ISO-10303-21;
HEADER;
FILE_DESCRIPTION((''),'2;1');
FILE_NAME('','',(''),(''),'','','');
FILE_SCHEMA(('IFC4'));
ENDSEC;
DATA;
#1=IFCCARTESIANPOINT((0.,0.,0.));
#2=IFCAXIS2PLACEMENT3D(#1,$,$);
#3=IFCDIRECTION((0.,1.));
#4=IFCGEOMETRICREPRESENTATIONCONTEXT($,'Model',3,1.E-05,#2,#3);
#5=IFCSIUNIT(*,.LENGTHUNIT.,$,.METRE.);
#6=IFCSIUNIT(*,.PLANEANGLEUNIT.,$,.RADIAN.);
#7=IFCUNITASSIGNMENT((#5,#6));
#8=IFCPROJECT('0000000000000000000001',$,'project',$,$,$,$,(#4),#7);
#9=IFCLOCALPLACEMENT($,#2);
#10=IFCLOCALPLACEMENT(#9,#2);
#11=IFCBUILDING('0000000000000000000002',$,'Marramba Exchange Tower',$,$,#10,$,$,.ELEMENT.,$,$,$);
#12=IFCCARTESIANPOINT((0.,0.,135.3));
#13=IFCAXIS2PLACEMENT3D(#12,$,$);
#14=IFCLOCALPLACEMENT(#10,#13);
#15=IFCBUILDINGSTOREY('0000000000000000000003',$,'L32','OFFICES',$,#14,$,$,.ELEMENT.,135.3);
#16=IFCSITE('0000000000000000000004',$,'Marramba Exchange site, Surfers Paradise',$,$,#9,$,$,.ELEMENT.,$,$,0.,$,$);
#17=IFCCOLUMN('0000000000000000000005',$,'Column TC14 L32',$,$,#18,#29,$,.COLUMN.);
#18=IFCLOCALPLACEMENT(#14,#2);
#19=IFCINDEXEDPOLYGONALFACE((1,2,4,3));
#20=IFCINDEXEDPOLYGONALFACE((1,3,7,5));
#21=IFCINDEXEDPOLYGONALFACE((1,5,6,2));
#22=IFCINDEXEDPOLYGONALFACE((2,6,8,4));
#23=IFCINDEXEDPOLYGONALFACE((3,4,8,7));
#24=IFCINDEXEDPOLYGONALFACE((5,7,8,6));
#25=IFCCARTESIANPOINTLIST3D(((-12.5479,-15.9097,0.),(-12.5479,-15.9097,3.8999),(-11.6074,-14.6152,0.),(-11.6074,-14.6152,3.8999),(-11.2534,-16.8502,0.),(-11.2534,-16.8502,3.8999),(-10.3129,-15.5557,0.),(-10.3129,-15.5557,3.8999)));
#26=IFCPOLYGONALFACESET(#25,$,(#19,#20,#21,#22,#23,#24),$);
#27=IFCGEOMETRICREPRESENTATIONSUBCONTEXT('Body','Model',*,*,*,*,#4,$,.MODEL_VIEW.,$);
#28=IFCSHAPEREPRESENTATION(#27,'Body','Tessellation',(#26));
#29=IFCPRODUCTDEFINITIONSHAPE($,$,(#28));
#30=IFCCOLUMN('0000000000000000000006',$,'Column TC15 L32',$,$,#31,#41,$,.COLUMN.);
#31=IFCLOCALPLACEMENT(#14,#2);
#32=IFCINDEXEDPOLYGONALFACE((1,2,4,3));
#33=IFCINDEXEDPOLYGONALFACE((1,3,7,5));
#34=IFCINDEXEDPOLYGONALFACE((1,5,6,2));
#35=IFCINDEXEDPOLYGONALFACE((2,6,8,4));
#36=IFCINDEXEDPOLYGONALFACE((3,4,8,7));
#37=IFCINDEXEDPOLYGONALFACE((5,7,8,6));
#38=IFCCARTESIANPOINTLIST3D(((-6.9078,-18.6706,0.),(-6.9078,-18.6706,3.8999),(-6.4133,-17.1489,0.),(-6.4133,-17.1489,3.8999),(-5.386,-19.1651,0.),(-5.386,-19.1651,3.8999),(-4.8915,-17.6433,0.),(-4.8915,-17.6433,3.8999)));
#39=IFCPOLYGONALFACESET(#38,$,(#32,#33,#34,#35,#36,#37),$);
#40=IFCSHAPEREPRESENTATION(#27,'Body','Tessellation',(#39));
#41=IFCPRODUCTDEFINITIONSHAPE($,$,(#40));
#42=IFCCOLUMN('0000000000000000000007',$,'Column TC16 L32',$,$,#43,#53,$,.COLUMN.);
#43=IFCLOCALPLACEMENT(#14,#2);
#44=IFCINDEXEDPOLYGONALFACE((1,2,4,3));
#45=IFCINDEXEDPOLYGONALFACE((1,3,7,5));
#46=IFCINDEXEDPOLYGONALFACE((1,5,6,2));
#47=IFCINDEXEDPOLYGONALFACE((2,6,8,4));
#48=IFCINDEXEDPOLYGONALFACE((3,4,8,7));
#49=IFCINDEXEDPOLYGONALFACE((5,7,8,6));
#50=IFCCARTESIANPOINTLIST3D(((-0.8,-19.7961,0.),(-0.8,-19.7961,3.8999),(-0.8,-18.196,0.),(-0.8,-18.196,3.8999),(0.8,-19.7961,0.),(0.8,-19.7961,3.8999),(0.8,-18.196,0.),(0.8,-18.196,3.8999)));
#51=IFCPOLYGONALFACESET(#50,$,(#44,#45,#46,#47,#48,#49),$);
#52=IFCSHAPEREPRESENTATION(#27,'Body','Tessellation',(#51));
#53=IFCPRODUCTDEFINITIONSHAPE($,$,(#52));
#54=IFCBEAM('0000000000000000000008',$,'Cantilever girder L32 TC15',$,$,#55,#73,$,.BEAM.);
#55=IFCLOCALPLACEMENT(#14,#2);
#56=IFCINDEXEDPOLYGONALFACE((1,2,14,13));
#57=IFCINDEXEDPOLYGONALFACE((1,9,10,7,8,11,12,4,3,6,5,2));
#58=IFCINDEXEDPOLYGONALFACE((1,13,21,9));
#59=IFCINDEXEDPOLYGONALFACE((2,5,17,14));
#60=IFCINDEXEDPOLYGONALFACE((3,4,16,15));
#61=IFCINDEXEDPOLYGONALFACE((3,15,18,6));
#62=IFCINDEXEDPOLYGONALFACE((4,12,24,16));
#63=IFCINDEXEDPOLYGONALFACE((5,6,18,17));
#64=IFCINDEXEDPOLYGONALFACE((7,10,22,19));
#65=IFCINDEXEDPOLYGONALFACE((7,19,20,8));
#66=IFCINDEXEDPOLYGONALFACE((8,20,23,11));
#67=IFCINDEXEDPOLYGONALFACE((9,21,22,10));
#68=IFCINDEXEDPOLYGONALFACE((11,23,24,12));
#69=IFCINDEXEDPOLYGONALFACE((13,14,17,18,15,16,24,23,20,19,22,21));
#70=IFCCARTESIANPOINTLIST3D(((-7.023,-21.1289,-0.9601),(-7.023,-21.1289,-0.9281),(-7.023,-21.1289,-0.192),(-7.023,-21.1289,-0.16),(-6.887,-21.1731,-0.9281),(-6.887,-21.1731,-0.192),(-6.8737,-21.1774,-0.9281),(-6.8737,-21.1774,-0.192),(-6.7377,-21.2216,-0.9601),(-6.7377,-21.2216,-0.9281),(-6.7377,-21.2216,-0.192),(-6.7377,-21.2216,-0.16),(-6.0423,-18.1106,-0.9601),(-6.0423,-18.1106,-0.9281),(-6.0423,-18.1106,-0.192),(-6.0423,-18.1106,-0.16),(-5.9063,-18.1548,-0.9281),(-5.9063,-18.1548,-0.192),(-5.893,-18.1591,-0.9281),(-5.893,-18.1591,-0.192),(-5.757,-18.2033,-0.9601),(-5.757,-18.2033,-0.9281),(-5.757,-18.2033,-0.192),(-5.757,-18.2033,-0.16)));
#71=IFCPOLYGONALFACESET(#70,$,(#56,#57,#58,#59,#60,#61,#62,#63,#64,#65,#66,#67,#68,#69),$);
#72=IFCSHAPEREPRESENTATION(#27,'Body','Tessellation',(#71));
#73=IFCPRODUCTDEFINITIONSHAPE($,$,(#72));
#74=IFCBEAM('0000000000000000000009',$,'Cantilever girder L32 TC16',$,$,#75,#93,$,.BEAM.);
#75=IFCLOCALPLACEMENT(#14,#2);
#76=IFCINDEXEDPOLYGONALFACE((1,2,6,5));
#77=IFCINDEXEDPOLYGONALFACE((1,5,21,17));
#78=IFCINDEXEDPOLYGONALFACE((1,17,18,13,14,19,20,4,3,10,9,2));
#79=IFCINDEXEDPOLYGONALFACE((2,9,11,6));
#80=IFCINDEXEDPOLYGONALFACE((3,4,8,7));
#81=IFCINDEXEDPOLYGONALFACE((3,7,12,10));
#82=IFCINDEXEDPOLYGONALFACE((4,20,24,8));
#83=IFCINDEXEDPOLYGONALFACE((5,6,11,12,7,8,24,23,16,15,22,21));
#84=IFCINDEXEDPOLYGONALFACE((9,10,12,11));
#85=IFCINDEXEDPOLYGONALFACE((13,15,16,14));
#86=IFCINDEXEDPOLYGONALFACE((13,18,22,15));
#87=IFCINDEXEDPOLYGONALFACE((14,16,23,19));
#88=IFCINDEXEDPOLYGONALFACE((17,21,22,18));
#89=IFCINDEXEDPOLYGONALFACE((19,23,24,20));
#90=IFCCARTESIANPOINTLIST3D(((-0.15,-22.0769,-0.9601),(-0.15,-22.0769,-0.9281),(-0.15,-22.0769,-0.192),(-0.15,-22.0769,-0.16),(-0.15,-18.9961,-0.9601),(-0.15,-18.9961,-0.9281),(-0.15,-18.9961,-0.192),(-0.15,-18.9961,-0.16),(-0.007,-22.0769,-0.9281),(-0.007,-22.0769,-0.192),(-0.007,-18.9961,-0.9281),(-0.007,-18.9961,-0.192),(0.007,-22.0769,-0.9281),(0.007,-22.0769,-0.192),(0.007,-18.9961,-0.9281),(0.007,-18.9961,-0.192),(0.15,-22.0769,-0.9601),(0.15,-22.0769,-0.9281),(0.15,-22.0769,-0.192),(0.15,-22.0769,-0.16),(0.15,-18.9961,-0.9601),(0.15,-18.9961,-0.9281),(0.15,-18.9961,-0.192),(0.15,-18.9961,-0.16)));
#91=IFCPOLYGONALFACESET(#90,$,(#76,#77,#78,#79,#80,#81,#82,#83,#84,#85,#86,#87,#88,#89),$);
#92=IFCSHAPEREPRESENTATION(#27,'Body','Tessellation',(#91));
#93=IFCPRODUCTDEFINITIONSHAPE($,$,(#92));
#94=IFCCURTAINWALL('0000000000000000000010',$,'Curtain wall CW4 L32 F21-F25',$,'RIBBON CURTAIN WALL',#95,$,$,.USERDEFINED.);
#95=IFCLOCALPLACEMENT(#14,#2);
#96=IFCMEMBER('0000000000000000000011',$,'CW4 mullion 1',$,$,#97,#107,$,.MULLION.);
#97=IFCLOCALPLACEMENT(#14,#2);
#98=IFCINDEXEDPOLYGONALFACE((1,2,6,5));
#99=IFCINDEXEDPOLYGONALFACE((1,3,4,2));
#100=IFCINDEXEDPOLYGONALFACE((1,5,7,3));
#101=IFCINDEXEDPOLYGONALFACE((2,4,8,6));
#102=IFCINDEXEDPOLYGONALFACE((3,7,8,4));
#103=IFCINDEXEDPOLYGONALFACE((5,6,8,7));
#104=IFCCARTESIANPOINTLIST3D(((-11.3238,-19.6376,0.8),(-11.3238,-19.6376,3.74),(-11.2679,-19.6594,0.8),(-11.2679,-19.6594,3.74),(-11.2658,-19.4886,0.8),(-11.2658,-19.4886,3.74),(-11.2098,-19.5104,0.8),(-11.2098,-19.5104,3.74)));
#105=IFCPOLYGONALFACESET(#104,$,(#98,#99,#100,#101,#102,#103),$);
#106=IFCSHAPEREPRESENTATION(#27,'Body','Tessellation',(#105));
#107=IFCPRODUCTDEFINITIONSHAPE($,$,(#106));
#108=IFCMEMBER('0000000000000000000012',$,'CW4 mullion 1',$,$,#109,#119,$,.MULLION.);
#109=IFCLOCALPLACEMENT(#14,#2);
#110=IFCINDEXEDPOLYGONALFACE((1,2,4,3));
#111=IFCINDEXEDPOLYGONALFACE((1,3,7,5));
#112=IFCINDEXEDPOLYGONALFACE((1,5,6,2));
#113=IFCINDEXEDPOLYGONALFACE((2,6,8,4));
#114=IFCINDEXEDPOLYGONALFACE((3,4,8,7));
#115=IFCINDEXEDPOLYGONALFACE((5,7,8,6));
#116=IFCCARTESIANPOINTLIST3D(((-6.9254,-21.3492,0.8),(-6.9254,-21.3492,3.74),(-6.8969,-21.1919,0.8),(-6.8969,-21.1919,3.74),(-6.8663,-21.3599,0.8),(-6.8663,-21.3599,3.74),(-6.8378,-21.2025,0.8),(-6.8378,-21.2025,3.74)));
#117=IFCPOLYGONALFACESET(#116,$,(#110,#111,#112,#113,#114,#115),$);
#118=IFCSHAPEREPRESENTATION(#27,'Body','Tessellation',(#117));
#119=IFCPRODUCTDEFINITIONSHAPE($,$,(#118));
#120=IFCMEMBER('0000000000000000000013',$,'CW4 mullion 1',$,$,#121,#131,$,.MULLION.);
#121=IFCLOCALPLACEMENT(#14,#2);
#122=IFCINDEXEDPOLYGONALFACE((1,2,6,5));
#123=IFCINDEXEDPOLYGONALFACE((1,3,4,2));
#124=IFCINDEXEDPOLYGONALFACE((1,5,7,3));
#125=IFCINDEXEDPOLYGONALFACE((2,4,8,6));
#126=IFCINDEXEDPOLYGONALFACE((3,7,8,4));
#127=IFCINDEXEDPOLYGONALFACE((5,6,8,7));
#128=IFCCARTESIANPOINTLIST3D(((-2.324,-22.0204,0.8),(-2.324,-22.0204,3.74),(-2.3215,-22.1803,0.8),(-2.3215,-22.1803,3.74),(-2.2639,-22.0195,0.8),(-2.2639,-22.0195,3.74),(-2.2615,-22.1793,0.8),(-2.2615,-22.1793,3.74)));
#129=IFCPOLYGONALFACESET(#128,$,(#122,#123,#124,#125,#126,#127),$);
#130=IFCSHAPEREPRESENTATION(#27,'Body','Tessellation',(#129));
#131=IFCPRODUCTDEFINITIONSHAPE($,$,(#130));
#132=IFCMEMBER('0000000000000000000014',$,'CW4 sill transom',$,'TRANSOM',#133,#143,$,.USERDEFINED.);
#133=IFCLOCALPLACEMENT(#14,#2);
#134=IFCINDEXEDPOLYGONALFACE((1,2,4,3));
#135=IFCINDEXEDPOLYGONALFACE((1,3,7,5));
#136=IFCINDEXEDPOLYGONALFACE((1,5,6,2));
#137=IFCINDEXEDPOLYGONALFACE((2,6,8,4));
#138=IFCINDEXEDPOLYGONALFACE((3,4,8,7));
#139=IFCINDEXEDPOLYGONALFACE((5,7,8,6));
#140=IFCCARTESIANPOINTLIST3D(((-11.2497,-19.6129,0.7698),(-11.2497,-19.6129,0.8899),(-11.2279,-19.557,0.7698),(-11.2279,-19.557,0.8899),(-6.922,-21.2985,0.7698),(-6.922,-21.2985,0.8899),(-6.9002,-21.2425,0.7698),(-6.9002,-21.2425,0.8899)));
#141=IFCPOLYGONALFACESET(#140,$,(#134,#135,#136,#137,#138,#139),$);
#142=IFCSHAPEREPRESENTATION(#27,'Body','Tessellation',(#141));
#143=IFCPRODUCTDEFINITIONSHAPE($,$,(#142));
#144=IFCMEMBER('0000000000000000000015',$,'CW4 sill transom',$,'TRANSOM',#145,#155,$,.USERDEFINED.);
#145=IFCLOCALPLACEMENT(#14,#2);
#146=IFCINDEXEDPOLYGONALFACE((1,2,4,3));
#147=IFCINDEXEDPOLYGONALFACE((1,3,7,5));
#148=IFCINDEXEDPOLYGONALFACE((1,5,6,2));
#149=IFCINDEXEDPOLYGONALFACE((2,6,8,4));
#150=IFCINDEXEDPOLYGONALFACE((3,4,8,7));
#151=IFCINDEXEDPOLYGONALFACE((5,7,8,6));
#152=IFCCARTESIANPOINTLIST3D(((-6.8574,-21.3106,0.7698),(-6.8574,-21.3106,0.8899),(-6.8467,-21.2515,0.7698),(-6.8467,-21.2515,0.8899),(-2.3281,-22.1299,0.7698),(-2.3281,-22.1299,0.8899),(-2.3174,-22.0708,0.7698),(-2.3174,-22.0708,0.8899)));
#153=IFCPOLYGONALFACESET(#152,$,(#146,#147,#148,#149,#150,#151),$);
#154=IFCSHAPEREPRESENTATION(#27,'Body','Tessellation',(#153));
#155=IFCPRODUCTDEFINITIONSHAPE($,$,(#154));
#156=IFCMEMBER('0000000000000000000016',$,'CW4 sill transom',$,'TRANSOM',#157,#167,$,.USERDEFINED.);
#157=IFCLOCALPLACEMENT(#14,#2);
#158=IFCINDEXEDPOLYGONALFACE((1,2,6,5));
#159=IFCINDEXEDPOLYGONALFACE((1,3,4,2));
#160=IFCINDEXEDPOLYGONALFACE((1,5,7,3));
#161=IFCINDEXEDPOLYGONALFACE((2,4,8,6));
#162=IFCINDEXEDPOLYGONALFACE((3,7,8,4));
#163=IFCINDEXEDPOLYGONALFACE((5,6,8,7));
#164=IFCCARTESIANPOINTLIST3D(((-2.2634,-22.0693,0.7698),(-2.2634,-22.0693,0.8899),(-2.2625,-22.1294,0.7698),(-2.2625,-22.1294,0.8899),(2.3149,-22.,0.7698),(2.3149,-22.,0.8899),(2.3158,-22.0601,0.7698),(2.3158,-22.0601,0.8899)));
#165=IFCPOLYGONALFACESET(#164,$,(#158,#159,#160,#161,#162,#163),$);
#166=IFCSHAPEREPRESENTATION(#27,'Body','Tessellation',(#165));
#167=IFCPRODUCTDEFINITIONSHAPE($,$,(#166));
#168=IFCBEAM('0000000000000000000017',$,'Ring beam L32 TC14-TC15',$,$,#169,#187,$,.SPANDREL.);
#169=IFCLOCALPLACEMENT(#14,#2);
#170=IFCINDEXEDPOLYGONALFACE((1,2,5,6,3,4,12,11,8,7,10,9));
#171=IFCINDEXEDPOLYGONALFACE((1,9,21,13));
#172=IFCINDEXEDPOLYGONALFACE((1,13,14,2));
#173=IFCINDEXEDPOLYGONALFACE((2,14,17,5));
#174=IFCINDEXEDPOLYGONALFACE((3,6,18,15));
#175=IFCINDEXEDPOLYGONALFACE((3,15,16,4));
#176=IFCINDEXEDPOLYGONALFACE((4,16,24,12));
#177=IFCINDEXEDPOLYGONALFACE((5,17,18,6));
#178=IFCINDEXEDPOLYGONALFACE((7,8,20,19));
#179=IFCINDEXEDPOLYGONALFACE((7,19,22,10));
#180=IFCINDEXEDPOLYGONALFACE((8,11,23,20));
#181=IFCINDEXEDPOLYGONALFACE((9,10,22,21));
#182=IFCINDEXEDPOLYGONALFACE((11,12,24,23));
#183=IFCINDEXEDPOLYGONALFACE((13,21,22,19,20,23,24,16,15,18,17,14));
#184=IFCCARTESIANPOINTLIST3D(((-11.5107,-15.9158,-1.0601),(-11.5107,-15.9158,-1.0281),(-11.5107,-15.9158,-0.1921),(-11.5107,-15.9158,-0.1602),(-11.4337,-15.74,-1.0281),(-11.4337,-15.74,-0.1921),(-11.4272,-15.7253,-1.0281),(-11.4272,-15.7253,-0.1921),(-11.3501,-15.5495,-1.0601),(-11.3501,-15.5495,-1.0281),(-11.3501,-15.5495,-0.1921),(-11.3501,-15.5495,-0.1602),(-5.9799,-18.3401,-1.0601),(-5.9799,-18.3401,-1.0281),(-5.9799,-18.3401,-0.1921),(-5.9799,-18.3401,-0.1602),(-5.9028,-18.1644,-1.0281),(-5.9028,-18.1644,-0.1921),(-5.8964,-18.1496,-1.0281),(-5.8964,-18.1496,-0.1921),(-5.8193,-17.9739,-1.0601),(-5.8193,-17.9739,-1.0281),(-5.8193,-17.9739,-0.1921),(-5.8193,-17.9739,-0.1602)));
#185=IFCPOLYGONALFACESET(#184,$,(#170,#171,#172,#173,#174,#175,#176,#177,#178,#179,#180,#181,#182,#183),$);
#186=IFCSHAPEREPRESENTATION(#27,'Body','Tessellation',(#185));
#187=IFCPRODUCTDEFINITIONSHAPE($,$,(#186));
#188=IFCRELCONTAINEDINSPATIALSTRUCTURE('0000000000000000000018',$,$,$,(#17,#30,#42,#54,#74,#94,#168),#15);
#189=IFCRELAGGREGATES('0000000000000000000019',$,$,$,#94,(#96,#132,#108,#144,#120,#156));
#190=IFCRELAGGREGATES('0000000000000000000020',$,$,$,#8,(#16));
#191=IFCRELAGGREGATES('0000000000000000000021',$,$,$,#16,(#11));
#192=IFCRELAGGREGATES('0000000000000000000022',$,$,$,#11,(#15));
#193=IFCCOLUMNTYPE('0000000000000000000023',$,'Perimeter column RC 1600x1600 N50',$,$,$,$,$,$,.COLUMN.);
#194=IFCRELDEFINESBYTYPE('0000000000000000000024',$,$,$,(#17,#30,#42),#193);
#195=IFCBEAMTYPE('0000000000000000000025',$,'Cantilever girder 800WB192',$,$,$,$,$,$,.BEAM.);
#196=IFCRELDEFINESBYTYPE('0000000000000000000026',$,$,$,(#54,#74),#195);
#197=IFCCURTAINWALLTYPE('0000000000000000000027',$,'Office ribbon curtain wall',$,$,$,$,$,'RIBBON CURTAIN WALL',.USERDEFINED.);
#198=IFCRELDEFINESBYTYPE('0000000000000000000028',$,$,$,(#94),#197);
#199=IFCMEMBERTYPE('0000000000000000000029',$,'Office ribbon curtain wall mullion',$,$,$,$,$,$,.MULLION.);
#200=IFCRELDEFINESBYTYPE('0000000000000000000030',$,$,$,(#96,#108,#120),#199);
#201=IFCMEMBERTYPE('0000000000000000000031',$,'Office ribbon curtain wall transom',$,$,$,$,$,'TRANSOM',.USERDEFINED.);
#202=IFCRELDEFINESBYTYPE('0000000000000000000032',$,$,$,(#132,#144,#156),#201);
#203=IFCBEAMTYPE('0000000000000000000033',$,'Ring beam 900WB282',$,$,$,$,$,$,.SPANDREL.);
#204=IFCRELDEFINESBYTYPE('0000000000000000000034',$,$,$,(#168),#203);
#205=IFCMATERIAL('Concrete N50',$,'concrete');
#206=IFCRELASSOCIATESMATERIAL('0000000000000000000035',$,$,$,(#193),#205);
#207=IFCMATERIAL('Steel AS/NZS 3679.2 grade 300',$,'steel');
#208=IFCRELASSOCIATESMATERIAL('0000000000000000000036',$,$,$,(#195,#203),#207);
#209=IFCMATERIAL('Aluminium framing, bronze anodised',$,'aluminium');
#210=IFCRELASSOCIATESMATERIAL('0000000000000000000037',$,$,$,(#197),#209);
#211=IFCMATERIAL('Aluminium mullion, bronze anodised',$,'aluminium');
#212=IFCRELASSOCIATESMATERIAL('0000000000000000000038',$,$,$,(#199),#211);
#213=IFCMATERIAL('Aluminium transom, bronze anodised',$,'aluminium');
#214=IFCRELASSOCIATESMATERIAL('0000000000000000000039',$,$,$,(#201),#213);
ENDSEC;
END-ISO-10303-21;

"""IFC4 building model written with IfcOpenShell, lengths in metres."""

from ifc_helpers import new_model, si_unit, direction, frame, origin, origin_2d, place, context, subcontext, project, spatial, rectangle, i_section, extrude, material, material_profile, profile_set, type_object, element, aggregate, save


model = new_model("IFC4")

# Units and contexts
model_context = context("Model", 3, precision=1e-05, world=origin(), true_north=direction((0.0, 1.0)))
body_context = subcontext(model_context, "Body", "Model", "MODEL_VIEW")
ifc_project = project(units=[si_unit("LENGTHUNIT", "METRE"), si_unit("PLANEANGLEUNIT", "RADIAN")], contexts=[model_context])

# Site, building, storey
site_placement = place(None, origin())
site = spatial("IfcSite", under=ifc_project, at=site_placement, Name="Marramba Exchange site, Surfers Paradise", CompositionType="ELEMENT", RefElevation=0.0)
building_placement = place(site_placement, origin())
building = spatial("IfcBuilding", under=site, at=building_placement, Name="Marramba Exchange Tower", CompositionType="ELEMENT")
storey_placement = place(building_placement, frame((0.0, 0.0, 135.3)))
storey = spatial("IfcBuildingStorey", under=building, at=storey_placement, Name="L32", Description="OFFICES", CompositionType="ELEMENT", Elevation=135.3)

# Columns
ifc_material_1 = material(Name="Concrete N50", Category="concrete")
ifc_material_profile_1 = material_profile(ifc_material_1, rectangle(XDim=1.6001, YDim=1.6001, at=origin_2d()), Name="RC 1600x1600")
ifc_profile_set_1 = profile_set([ifc_material_profile_1], Name="Concrete N50")
column_type = type_object("IfcColumnType", Name="Perimeter column RC 1600x1600 N50", PredefinedType="COLUMN", material=ifc_profile_set_1)
for number, where, z_axis, x_axis, name in (
    (1, (-11.4304, -15.7327, 0.0), (0.0, 0.0, 1.0), (-0.587785, -0.809017, 0.0), "Column TC14 L32"),
    (2, (-5.8997, -18.157, 0.0), (0.0, 0.0, 1.0), (-0.309017, -0.951057, 0.0), "Column TC15 L32"),
    (3, (0.0, -18.9961, 0.0), (0.0, 0.0, 1.0), (0.0, -1.0, 0.0), "Column TC16 L32"),
):
    element("IfcColumn", number, at=place(storey_placement, frame(where, z_axis=z_axis, x_axis=x_axis)), inside=storey, type_object=column_type, Name=name, PredefinedType="COLUMN", context=body_context, shape_type="SweptSolid", body=[
        extrude(rectangle(XDim=1.6001, YDim=1.6001, at=origin_2d()), origin(), (0.0, 0.0, 1.0), 3.8999),
    ])

# Beams
ifc_material_2 = material(Name="Steel AS/NZS 3679.2 grade 300", Category="steel")
ifc_material_profile_2 = material_profile(ifc_material_2, i_section(OverallWidth=0.3, OverallDepth=0.8, WebThickness=0.0139, FlangeThickness=0.032, at=origin_2d()), Name="800WB192")
ifc_profile_set_2 = profile_set([ifc_material_profile_2], Name="Steel AS/NZS 3679.2 grade 300")
beam_type_1 = type_object("IfcBeamType", Name="Cantilever girder 800WB192", PredefinedType="BEAM", material=ifc_profile_set_2)
beam_1_placement = place(storey_placement, frame((-5.8997, -18.157, -0.5601), z_axis=(-0.309018, -0.951056, 0.0), x_axis=(0.951056, -0.309018, 0.0)))
element("IfcBeam", 4, at=beam_1_placement, inside=storey, type_object=beam_type_1, Name="Cantilever girder L32 TC15", PredefinedType="BEAM", context=body_context, shape_type="SweptSolid", body=[
    extrude(i_section(OverallWidth=0.3, OverallDepth=0.8, WebThickness=0.0139, FlangeThickness=0.032, at=origin_2d()), origin(), (0.0, 0.0, 1.0), 3.1736),
])
beam_2_placement = place(storey_placement, frame((0.0, -18.9961, -0.5601), z_axis=(0.0, -1.0, 0.0), x_axis=(1.0, 0.0, 0.0)))
element("IfcBeam", 5, at=beam_2_placement, inside=storey, type_object=beam_type_1, Name="Cantilever girder L32 TC16", PredefinedType="BEAM", context=body_context, shape_type="SweptSolid", body=[
    extrude(i_section(OverallWidth=0.3, OverallDepth=0.8, WebThickness=0.0139, FlangeThickness=0.032, at=origin_2d()), origin(), (0.0, 0.0, 1.0), 3.0808),
])

# Curtain wall, members
ifc_material_3 = material(Name="Aluminium framing, bronze anodised", Category="aluminium")
curtain_wall_type = type_object("IfcCurtainWallType", Name="Office ribbon curtain wall", ElementType="RIBBON CURTAIN WALL", PredefinedType="USERDEFINED", material=ifc_material_3)
curtain_wall_placement = place(storey_placement, origin())
curtain_wall = element("IfcCurtainWall", 6, at=curtain_wall_placement, inside=storey, type_object=curtain_wall_type, Name="Curtain wall CW4 L32 F21-F25", ObjectType="RIBBON CURTAIN WALL", PredefinedType="USERDEFINED")
ifc_material_4 = material(Name="Aluminium mullion, bronze anodised", Category="aluminium")
ifc_material_profile_3 = material_profile(ifc_material_4, rectangle(XDim=0.1599, YDim=0.0601, at=origin_2d()), Name="CW4 mullion 60x160")
ifc_profile_set_3 = profile_set([ifc_material_profile_3], Name="Aluminium mullion, bronze anodised")
member_type_1 = type_object("IfcMemberType", Name="Office ribbon curtain wall mullion", PredefinedType="MULLION", material=ifc_profile_set_3)
member_1_placement = place(storey_placement, frame((-11.2668, -19.574, 0.8), z_axis=(0.0, 0.0, 1.0), x_axis=(0.362925, 0.931818, 0.0)))
member_1 = element("IfcMember", 7, at=member_1_placement, type_object=member_type_1, Name="CW4 mullion 1", PredefinedType="MULLION", context=body_context, shape_type="SweptSolid", body=[
    extrude(rectangle(XDim=0.1599, YDim=0.0601, at=origin_2d()), origin(), (0.0, 0.0, 1.0), 2.9399),
])
member_2_placement = place(storey_placement, frame((-6.8816, -21.2759, 0.8), z_axis=(0.0, 0.0, 1.0), x_axis=(0.177992, 0.984032, 0.0)))
member_2 = element("IfcMember", 8, at=member_2_placement, type_object=member_type_1, Name="CW4 mullion 1", PredefinedType="MULLION", context=body_context, shape_type="SweptSolid", body=[
    extrude(rectangle(XDim=0.1599, YDim=0.0601, at=origin_2d()), origin(), (0.0, 0.0, 1.0), 2.9399),
])
member_3_placement = place(storey_placement, frame((-2.2927, -22.0999, 0.8), z_axis=(0.0, 0.0, 1.0), x_axis=(-0.015179, 0.999885, 0.0)))
member_3 = element("IfcMember", 9, at=member_3_placement, type_object=member_type_1, Name="CW4 mullion 1", PredefinedType="MULLION", context=body_context, shape_type="SweptSolid", body=[
    extrude(rectangle(XDim=0.1599, YDim=0.0601, at=origin_2d()), origin(), (0.0, 0.0, 1.0), 2.9399),
])
ifc_material_5 = material(Name="Aluminium transom, bronze anodised", Category="aluminium")
ifc_material_profile_4 = material_profile(ifc_material_5, rectangle(XDim=0.0601, YDim=0.1201, at=origin_2d()), Name="CW4 transom 60x120")
ifc_profile_set_4 = profile_set([ifc_material_profile_4], Name="Aluminium transom, bronze anodised")
member_type_2 = type_object("IfcMemberType", Name="Office ribbon curtain wall transom", ElementType="TRANSOM", PredefinedType="USERDEFINED", material=ifc_profile_set_4)
member_4_placement = place(storey_placement, frame((-11.2388, -19.585, 0.8298), z_axis=(0.931817, -0.362928, 0.0), x_axis=(0.362928, 0.931817, 0.0)))
member_4 = element("IfcMember", 10, at=member_4_placement, type_object=member_type_2, Name="CW4 sill transom", ObjectType="TRANSOM", PredefinedType="USERDEFINED", context=body_context, shape_type="SweptSolid", body=[
    extrude(rectangle(XDim=0.0601, YDim=0.1201, at=origin_2d()), origin(), (0.0, 0.0, 1.0), 4.6443),
])
member_5_placement = place(storey_placement, frame((-6.8521, -21.281, 0.8298), z_axis=(0.984029, -0.178008, 0.0), x_axis=(0.178008, 0.984029, 0.0)))
member_5 = element("IfcMember", 11, at=member_5_placement, type_object=member_type_2, Name="CW4 sill transom", ObjectType="TRANSOM", PredefinedType="USERDEFINED", context=body_context, shape_type="SweptSolid", body=[
    extrude(rectangle(XDim=0.0601, YDim=0.1201, at=origin_2d()), origin(), (0.0, 0.0, 1.0), 4.6028),
])
member_6_placement = place(storey_placement, frame((-2.2629, -22.0994, 0.8298), z_axis=(0.999885, 0.015143, 0.0), x_axis=(-0.015143, 0.999885, 0.0)))
member_6 = element("IfcMember", 12, at=member_6_placement, type_object=member_type_2, Name="CW4 sill transom", ObjectType="TRANSOM", PredefinedType="USERDEFINED", context=body_context, shape_type="SweptSolid", body=[
    extrude(rectangle(XDim=0.0601, YDim=0.1201, at=origin_2d()), origin(), (0.0, 0.0, 1.0), 4.5789),
])

# Beam
ifc_material_profile_5 = material_profile(ifc_material_2, i_section(OverallWidth=0.3999, OverallDepth=0.8999, WebThickness=0.0161, FlangeThickness=0.032, at=origin_2d()), Name="900WB282")
ifc_profile_set_5 = profile_set([ifc_material_profile_5], Name="Steel AS/NZS 3679.2 grade 300")
beam_type_2 = type_object("IfcBeamType", Name="Ring beam 900WB282", PredefinedType="SPANDREL", material=ifc_profile_set_5)
beam_3_placement = place(storey_placement, frame((-11.4304, -15.7327, -0.6101), z_axis=(0.915877, -0.401459, 0.0), x_axis=(0.401459, 0.915877, 0.0)))
element("IfcBeam", 13, at=beam_3_placement, inside=storey, type_object=beam_type_2, Name="Ring beam L32 TC14-TC15", PredefinedType="SPANDREL", context=body_context, shape_type="SweptSolid", body=[
    extrude(i_section(OverallWidth=0.3999, OverallDepth=0.8999, WebThickness=0.0161, FlangeThickness=0.032, at=origin_2d()), origin(), (0.0, 0.0, 1.0), 6.0388),
])

aggregate(curtain_wall, [member_1, member_4, member_2, member_5, member_3, member_6])

save(model, "model.ifc")
